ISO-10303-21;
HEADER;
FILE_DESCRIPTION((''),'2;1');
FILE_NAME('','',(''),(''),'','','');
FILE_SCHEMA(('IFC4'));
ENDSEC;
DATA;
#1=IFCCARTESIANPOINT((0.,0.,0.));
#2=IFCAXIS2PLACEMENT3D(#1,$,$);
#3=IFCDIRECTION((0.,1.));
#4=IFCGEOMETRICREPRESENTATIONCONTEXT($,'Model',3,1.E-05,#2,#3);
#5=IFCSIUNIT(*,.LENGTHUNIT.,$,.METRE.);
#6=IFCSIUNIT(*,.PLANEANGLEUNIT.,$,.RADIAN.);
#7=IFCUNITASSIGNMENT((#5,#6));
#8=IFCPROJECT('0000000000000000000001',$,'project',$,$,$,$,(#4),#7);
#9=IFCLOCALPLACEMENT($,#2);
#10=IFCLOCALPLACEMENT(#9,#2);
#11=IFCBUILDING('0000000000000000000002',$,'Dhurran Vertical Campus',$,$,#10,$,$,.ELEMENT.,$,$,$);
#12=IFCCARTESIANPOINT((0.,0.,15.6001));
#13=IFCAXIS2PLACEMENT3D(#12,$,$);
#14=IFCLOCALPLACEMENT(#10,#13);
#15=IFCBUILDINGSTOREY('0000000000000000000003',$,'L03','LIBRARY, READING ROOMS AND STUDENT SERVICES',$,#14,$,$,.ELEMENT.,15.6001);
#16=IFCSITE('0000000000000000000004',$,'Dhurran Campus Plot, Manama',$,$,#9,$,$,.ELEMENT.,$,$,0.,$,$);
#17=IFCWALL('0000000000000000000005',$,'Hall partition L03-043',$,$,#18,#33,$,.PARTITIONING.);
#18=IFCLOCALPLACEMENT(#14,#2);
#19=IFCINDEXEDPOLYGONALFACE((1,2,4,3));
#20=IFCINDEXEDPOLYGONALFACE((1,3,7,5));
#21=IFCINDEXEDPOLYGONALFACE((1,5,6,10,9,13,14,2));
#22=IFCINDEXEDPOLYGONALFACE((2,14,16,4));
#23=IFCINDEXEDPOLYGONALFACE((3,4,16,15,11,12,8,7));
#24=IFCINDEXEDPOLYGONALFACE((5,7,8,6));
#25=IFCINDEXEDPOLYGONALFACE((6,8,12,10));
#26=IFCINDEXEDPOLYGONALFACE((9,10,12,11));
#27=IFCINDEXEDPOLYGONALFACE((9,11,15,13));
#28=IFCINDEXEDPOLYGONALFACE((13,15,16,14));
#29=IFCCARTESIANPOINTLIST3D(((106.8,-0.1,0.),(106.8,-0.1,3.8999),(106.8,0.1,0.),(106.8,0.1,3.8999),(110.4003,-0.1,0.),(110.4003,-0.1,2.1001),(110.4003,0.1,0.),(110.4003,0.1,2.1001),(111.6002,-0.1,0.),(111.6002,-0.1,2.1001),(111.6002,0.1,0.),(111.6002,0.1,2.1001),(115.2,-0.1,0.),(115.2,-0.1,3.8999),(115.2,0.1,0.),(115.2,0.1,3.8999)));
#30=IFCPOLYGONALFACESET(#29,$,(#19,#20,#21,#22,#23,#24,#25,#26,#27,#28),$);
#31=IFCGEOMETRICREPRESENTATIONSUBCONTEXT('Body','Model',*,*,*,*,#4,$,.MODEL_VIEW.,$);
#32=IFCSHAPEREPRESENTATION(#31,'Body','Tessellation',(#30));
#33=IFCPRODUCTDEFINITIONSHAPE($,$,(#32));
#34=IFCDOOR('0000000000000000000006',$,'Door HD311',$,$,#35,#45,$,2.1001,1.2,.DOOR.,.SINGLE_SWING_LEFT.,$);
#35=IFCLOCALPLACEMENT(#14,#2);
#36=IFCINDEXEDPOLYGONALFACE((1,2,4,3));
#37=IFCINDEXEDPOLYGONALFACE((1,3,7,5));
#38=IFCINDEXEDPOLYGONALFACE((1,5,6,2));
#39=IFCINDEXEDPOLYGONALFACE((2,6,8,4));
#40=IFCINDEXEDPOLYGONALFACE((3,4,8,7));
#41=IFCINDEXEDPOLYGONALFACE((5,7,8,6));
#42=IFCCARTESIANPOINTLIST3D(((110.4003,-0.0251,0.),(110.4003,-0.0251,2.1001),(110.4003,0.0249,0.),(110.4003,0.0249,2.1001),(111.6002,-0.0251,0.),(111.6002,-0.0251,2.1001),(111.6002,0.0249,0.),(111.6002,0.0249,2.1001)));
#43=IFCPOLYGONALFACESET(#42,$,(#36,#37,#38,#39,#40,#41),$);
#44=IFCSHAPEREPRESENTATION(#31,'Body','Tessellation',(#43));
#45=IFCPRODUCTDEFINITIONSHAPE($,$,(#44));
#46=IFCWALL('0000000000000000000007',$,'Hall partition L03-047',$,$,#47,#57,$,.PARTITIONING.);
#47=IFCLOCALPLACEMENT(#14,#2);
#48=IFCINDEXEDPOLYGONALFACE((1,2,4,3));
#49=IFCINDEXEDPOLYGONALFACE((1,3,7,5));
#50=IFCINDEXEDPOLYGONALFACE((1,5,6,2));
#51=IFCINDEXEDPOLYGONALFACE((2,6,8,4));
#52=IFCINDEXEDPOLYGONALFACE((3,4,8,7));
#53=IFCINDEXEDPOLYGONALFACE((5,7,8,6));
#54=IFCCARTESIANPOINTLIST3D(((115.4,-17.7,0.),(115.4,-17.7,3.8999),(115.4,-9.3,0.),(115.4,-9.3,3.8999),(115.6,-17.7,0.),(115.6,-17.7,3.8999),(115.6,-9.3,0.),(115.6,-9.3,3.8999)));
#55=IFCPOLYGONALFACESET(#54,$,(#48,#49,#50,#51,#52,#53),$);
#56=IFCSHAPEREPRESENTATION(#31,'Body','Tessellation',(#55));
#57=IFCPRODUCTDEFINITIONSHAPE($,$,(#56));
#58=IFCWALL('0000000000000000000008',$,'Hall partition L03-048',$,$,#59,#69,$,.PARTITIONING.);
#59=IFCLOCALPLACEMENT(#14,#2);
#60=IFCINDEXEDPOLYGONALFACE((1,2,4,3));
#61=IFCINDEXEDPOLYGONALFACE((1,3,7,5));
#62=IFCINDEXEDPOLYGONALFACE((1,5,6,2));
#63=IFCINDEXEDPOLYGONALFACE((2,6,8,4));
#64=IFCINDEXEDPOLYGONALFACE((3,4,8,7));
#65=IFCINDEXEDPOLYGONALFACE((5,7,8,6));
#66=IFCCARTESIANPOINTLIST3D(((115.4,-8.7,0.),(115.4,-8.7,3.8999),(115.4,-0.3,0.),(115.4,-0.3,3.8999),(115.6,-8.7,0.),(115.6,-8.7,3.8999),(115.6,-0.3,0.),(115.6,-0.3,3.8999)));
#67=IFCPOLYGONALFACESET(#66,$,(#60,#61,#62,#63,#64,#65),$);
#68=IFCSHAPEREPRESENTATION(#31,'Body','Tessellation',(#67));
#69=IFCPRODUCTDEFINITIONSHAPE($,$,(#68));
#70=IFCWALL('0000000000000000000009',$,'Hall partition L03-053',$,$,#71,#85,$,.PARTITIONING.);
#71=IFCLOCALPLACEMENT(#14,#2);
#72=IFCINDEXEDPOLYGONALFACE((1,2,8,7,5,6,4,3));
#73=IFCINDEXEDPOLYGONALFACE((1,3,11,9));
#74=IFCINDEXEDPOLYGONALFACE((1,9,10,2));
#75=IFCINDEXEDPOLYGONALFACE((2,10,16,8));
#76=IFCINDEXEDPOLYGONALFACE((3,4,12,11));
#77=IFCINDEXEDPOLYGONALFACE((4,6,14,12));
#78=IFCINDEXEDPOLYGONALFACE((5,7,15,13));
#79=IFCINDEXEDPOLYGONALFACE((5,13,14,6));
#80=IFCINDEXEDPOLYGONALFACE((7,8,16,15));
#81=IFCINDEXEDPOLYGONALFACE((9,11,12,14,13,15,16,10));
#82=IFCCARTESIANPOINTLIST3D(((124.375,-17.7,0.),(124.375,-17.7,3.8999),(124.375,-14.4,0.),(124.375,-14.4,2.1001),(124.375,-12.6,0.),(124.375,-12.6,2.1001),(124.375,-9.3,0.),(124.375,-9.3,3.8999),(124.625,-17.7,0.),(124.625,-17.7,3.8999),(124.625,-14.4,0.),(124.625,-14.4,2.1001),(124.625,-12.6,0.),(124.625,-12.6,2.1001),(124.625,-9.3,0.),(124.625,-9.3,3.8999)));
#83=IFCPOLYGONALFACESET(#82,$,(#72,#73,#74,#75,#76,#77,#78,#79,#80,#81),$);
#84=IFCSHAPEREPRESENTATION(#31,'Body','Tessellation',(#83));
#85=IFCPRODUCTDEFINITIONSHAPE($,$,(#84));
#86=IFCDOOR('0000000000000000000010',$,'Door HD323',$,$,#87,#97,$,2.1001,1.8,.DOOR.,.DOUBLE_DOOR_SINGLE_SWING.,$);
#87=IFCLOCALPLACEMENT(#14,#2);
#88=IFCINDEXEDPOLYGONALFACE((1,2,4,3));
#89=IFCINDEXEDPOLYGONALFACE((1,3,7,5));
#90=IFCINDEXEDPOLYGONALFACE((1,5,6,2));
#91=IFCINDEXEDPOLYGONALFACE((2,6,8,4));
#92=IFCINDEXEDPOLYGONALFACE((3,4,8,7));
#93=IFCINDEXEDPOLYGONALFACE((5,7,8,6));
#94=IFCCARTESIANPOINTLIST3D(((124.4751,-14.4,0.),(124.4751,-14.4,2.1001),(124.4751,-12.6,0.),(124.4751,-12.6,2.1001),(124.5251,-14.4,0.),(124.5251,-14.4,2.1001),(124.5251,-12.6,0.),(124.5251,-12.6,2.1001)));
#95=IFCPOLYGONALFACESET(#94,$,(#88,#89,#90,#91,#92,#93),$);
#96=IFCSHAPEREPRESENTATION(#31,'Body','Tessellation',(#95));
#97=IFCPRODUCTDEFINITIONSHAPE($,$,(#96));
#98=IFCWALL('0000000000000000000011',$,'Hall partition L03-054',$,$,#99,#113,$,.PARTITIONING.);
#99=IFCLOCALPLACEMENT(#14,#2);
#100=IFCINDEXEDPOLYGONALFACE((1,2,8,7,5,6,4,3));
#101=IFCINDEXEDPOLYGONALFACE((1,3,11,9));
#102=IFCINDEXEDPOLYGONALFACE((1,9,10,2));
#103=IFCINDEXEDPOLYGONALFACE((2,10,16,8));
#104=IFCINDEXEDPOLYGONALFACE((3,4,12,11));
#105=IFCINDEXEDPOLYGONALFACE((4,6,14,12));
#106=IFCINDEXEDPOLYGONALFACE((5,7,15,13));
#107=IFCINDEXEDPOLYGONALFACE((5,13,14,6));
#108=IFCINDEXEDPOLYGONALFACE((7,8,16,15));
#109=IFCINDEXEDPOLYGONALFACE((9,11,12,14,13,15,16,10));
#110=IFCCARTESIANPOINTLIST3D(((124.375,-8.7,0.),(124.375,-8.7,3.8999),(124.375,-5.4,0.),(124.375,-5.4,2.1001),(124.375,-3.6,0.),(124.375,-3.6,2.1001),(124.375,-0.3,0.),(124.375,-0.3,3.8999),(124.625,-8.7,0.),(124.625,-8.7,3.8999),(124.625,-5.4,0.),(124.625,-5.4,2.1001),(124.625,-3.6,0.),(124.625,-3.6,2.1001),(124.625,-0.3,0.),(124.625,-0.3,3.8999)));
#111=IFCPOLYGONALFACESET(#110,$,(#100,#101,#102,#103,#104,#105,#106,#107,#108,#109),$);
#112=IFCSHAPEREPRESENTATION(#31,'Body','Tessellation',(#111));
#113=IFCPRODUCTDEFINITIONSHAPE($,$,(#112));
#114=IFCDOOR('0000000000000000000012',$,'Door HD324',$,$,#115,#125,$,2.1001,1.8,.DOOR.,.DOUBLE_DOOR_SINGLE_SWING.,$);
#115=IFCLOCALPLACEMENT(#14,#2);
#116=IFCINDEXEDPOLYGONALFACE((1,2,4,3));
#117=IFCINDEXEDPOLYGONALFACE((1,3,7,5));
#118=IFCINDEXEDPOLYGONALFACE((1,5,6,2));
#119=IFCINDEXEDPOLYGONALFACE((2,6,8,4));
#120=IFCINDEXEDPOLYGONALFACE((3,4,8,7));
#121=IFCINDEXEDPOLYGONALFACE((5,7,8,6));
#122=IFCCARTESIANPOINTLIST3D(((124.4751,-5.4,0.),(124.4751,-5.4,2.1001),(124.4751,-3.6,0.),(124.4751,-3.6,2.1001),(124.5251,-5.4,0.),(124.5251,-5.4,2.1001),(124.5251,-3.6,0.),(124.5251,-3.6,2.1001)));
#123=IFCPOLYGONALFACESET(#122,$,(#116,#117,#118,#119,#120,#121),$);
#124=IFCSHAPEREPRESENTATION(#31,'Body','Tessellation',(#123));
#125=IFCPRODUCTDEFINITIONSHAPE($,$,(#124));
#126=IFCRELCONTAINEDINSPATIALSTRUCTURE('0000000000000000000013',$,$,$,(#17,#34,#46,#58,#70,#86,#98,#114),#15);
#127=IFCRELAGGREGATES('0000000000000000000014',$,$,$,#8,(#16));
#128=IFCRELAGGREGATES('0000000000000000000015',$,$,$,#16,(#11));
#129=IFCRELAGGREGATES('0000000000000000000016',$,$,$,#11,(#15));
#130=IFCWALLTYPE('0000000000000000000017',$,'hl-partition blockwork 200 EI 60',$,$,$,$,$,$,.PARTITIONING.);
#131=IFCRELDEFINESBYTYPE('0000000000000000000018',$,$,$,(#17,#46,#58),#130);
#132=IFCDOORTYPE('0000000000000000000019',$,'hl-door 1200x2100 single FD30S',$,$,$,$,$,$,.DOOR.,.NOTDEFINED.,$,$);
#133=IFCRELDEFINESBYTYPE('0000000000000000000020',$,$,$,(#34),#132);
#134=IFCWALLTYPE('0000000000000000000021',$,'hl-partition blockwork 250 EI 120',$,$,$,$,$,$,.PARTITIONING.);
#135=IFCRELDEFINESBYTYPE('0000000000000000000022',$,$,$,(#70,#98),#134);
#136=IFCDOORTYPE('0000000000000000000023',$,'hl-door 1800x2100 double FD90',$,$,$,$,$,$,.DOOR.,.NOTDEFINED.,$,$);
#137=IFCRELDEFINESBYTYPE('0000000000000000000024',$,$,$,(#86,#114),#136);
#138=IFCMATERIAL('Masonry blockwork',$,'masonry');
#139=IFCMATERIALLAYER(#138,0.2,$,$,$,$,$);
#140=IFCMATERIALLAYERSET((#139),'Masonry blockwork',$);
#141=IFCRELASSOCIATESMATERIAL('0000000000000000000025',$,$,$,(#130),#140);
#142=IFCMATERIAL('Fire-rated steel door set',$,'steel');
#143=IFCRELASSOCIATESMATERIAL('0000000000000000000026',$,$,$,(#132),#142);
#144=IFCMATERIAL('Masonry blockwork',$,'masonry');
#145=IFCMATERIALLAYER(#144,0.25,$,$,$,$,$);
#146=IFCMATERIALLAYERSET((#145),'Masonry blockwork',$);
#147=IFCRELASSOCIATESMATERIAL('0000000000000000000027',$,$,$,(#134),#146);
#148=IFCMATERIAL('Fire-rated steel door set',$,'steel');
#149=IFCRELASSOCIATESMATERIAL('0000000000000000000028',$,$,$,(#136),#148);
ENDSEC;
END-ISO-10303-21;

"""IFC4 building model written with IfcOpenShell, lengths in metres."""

from ifc_helpers import new_model, si_unit, direction, frame, frame_2d, origin, place, context, subcontext, project, spatial, rectangle, extrude, material, layer, layer_set, type_object, element, fill, save


model = new_model("IFC4")

# Units and contexts
model_context = context("Model", 3, precision=1e-05, world=origin(), true_north=direction((0.0, 1.0)))
body_context = subcontext(model_context, "Body", "Model", "MODEL_VIEW")
ifc_project = project(units=[si_unit("LENGTHUNIT", "METRE"), si_unit("PLANEANGLEUNIT", "RADIAN")], contexts=[model_context])

# Site, building, storey
site_placement = place(None, origin())
site = spatial("IfcSite", under=ifc_project, at=site_placement, Name="Dhurran Campus Plot, Manama", CompositionType="ELEMENT", RefElevation=0.0)
building_placement = place(site_placement, origin())
building = spatial("IfcBuilding", under=site, at=building_placement, Name="Dhurran Vertical Campus", CompositionType="ELEMENT")
storey_placement = place(building_placement, frame((0.0, 0.0, 15.6001)))
storey = spatial("IfcBuildingStorey", under=building, at=storey_placement, Name="L03", Description="LIBRARY, READING ROOMS AND STUDENT SERVICES", CompositionType="ELEMENT", Elevation=15.6001)

# Wall, opening, door
ifc_material_1 = material(Name="Masonry blockwork", Category="masonry")
ifc_layer_1 = layer(ifc_material_1, 0.2)
ifc_layer_set_1 = layer_set([ifc_layer_1], Name="Masonry blockwork")
wall_type_1 = type_object("IfcWallType", Name="hl-partition blockwork 200 EI 60", PredefinedType="PARTITIONING", material=ifc_layer_set_1)
wall_1_placement = place(storey_placement, frame((106.8, 0.0, 0.0), z_axis=(0.0, 0.0, 1.0), x_axis=(1.0, 0.0, 0.0)))
wall_1 = element("IfcWall", 1, at=wall_1_placement, inside=storey, type_object=wall_type_1, Name="Hall partition L03-043", PredefinedType="PARTITIONING", context=body_context, shape_type="SweptSolid", body=[
    extrude(rectangle(XDim=8.3999, YDim=0.2, at=frame_2d((4.2, 0.0))), origin(), (0.0, 0.0, 1.0), 3.8999),
])
opening_1_placement = place(wall_1_placement, frame((3.6001, 0.0, 0.0)))
opening_1 = element("IfcOpeningElement", 2, at=opening_1_placement, cuts=wall_1, PredefinedType="OPENING", context=body_context, shape_type="SweptSolid", body=[
    extrude(rectangle(XDim=1.2, YDim=2.1001, at=frame_2d((0.6001, 1.05))), frame((0.0, 0.1099, 0.0), z_axis=(0.0, -1.0, 0.0), x_axis=(1.0, 0.0, 0.0)), (0.0, 0.0, 1.0), 0.22),
])
ifc_material_2 = material(Name="Fire-rated steel door set", Category="steel")
door_type_1 = type_object("IfcDoorType", Name="hl-door 1200x2100 single FD30S", OperationType="NOTDEFINED", PredefinedType="DOOR", material=ifc_material_2)
door_1_placement = place(opening_1_placement, origin())
door_1 = element("IfcDoor", 3, at=door_1_placement, inside=storey, type_object=door_type_1, Name="Door HD311", OperationType="SINGLE_SWING_LEFT", OverallHeight=2.1001, OverallWidth=1.2, PredefinedType="DOOR", context=body_context, shape_type="SweptSolid", body=[
    extrude(rectangle(XDim=1.2, YDim=2.1001, at=frame_2d((0.6001, 1.05))), frame((0.0, 0.0249, 0.0), z_axis=(0.0, -1.0, 0.0), x_axis=(1.0, 0.0, 0.0)), (0.0, 0.0, 1.0), 0.05),
])
fill(opening_1, door_1)

# Walls
for number, where, z_axis, x_axis, name in (
    (4, (115.5, -17.7, 0.0), (0.0, 0.0, 1.0), (0.0, 1.0, 0.0), "Hall partition L03-047"),
    (5, (115.5, -8.7, 0.0), (0.0, 0.0, 1.0), (0.0, 1.0, 0.0), "Hall partition L03-048"),
):
    element("IfcWall", number, at=place(storey_placement, frame(where, z_axis=z_axis, x_axis=x_axis)), inside=storey, type_object=wall_type_1, Name=name, PredefinedType="PARTITIONING", context=body_context, shape_type="SweptSolid", body=[
        extrude(rectangle(XDim=8.3999, YDim=0.2, at=frame_2d((4.2, 0.0))), origin(), (0.0, 0.0, 1.0), 3.8999),
    ])

# Walls, openings, doors
ifc_material_3 = material(Name="Masonry blockwork", Category="masonry")
ifc_layer_2 = layer(ifc_material_3, 0.25)
ifc_layer_set_2 = layer_set([ifc_layer_2], Name="Masonry blockwork")
wall_type_2 = type_object("IfcWallType", Name="hl-partition blockwork 250 EI 120", PredefinedType="PARTITIONING", material=ifc_layer_set_2)
wall_2_placement = place(storey_placement, frame((124.5, -17.7, 0.0), z_axis=(0.0, 0.0, 1.0), x_axis=(0.0, 1.0, 0.0)))
wall_2 = element("IfcWall", 6, at=wall_2_placement, inside=storey, type_object=wall_type_2, Name="Hall partition L03-053", PredefinedType="PARTITIONING", context=body_context, shape_type="SweptSolid", body=[
    extrude(rectangle(XDim=8.3999, YDim=0.25, at=frame_2d((4.2, 0.0))), origin(), (0.0, 0.0, 1.0), 3.8999),
])
opening_2_placement = place(wall_2_placement, frame((3.3, 0.0, 0.0)))
opening_2 = element("IfcOpeningElement", 7, at=opening_2_placement, cuts=wall_2, PredefinedType="OPENING", context=body_context, shape_type="SweptSolid", body=[
    extrude(rectangle(XDim=1.8, YDim=2.1001, at=frame_2d((0.8999, 1.05))), frame((0.0, 0.135, 0.0), z_axis=(0.0, -1.0, 0.0), x_axis=(1.0, 0.0, 0.0)), (0.0, 0.0, 1.0), 0.27),
])
ifc_material_4 = material(Name="Fire-rated steel door set", Category="steel")
door_type_2 = type_object("IfcDoorType", Name="hl-door 1800x2100 double FD90", OperationType="NOTDEFINED", PredefinedType="DOOR", material=ifc_material_4)
door_2_placement = place(opening_2_placement, origin())
door_2 = element("IfcDoor", 8, at=door_2_placement, inside=storey, type_object=door_type_2, Name="Door HD323", OperationType="DOUBLE_DOOR_SINGLE_SWING", OverallHeight=2.1001, OverallWidth=1.8, PredefinedType="DOOR", context=body_context, shape_type="SweptSolid", body=[
    extrude(rectangle(XDim=1.8, YDim=2.1001, at=frame_2d((0.8999, 1.05))), frame((0.0, 0.0249, 0.0), z_axis=(0.0, -1.0, 0.0), x_axis=(1.0, 0.0, 0.0)), (0.0, 0.0, 1.0), 0.05),
])
fill(opening_2, door_2)
wall_3_placement = place(storey_placement, frame((124.5, -8.7, 0.0), z_axis=(0.0, 0.0, 1.0), x_axis=(0.0, 1.0, 0.0)))
wall_3 = element("IfcWall", 9, at=wall_3_placement, inside=storey, type_object=wall_type_2, Name="Hall partition L03-054", PredefinedType="PARTITIONING", context=body_context, shape_type="SweptSolid", body=[
    extrude(rectangle(XDim=8.3999, YDim=0.25, at=frame_2d((4.2, 0.0))), origin(), (0.0, 0.0, 1.0), 3.8999),
])
opening_3_placement = place(wall_3_placement, frame((3.3, 0.0, 0.0)))
opening_3 = element("IfcOpeningElement", 10, at=opening_3_placement, cuts=wall_3, PredefinedType="OPENING", context=body_context, shape_type="SweptSolid", body=[
    extrude(rectangle(XDim=1.8, YDim=2.1001, at=frame_2d((0.8999, 1.05))), frame((0.0, 0.135, 0.0), z_axis=(0.0, -1.0, 0.0), x_axis=(1.0, 0.0, 0.0)), (0.0, 0.0, 1.0), 0.27),
])
door_3_placement = place(opening_3_placement, origin())
door_3 = element("IfcDoor", 11, at=door_3_placement, inside=storey, type_object=door_type_2, Name="Door HD324", OperationType="DOUBLE_DOOR_SINGLE_SWING", OverallHeight=2.1001, OverallWidth=1.8, PredefinedType="DOOR", context=body_context, shape_type="SweptSolid", body=[
    extrude(rectangle(XDim=1.8, YDim=2.1001, at=frame_2d((0.8999, 1.05))), frame((0.0, 0.0249, 0.0), z_axis=(0.0, -1.0, 0.0), x_axis=(1.0, 0.0, 0.0)), (0.0, 0.0, 1.0), 0.05),
])
fill(opening_3, door_3)

save(model, "model.ifc")
